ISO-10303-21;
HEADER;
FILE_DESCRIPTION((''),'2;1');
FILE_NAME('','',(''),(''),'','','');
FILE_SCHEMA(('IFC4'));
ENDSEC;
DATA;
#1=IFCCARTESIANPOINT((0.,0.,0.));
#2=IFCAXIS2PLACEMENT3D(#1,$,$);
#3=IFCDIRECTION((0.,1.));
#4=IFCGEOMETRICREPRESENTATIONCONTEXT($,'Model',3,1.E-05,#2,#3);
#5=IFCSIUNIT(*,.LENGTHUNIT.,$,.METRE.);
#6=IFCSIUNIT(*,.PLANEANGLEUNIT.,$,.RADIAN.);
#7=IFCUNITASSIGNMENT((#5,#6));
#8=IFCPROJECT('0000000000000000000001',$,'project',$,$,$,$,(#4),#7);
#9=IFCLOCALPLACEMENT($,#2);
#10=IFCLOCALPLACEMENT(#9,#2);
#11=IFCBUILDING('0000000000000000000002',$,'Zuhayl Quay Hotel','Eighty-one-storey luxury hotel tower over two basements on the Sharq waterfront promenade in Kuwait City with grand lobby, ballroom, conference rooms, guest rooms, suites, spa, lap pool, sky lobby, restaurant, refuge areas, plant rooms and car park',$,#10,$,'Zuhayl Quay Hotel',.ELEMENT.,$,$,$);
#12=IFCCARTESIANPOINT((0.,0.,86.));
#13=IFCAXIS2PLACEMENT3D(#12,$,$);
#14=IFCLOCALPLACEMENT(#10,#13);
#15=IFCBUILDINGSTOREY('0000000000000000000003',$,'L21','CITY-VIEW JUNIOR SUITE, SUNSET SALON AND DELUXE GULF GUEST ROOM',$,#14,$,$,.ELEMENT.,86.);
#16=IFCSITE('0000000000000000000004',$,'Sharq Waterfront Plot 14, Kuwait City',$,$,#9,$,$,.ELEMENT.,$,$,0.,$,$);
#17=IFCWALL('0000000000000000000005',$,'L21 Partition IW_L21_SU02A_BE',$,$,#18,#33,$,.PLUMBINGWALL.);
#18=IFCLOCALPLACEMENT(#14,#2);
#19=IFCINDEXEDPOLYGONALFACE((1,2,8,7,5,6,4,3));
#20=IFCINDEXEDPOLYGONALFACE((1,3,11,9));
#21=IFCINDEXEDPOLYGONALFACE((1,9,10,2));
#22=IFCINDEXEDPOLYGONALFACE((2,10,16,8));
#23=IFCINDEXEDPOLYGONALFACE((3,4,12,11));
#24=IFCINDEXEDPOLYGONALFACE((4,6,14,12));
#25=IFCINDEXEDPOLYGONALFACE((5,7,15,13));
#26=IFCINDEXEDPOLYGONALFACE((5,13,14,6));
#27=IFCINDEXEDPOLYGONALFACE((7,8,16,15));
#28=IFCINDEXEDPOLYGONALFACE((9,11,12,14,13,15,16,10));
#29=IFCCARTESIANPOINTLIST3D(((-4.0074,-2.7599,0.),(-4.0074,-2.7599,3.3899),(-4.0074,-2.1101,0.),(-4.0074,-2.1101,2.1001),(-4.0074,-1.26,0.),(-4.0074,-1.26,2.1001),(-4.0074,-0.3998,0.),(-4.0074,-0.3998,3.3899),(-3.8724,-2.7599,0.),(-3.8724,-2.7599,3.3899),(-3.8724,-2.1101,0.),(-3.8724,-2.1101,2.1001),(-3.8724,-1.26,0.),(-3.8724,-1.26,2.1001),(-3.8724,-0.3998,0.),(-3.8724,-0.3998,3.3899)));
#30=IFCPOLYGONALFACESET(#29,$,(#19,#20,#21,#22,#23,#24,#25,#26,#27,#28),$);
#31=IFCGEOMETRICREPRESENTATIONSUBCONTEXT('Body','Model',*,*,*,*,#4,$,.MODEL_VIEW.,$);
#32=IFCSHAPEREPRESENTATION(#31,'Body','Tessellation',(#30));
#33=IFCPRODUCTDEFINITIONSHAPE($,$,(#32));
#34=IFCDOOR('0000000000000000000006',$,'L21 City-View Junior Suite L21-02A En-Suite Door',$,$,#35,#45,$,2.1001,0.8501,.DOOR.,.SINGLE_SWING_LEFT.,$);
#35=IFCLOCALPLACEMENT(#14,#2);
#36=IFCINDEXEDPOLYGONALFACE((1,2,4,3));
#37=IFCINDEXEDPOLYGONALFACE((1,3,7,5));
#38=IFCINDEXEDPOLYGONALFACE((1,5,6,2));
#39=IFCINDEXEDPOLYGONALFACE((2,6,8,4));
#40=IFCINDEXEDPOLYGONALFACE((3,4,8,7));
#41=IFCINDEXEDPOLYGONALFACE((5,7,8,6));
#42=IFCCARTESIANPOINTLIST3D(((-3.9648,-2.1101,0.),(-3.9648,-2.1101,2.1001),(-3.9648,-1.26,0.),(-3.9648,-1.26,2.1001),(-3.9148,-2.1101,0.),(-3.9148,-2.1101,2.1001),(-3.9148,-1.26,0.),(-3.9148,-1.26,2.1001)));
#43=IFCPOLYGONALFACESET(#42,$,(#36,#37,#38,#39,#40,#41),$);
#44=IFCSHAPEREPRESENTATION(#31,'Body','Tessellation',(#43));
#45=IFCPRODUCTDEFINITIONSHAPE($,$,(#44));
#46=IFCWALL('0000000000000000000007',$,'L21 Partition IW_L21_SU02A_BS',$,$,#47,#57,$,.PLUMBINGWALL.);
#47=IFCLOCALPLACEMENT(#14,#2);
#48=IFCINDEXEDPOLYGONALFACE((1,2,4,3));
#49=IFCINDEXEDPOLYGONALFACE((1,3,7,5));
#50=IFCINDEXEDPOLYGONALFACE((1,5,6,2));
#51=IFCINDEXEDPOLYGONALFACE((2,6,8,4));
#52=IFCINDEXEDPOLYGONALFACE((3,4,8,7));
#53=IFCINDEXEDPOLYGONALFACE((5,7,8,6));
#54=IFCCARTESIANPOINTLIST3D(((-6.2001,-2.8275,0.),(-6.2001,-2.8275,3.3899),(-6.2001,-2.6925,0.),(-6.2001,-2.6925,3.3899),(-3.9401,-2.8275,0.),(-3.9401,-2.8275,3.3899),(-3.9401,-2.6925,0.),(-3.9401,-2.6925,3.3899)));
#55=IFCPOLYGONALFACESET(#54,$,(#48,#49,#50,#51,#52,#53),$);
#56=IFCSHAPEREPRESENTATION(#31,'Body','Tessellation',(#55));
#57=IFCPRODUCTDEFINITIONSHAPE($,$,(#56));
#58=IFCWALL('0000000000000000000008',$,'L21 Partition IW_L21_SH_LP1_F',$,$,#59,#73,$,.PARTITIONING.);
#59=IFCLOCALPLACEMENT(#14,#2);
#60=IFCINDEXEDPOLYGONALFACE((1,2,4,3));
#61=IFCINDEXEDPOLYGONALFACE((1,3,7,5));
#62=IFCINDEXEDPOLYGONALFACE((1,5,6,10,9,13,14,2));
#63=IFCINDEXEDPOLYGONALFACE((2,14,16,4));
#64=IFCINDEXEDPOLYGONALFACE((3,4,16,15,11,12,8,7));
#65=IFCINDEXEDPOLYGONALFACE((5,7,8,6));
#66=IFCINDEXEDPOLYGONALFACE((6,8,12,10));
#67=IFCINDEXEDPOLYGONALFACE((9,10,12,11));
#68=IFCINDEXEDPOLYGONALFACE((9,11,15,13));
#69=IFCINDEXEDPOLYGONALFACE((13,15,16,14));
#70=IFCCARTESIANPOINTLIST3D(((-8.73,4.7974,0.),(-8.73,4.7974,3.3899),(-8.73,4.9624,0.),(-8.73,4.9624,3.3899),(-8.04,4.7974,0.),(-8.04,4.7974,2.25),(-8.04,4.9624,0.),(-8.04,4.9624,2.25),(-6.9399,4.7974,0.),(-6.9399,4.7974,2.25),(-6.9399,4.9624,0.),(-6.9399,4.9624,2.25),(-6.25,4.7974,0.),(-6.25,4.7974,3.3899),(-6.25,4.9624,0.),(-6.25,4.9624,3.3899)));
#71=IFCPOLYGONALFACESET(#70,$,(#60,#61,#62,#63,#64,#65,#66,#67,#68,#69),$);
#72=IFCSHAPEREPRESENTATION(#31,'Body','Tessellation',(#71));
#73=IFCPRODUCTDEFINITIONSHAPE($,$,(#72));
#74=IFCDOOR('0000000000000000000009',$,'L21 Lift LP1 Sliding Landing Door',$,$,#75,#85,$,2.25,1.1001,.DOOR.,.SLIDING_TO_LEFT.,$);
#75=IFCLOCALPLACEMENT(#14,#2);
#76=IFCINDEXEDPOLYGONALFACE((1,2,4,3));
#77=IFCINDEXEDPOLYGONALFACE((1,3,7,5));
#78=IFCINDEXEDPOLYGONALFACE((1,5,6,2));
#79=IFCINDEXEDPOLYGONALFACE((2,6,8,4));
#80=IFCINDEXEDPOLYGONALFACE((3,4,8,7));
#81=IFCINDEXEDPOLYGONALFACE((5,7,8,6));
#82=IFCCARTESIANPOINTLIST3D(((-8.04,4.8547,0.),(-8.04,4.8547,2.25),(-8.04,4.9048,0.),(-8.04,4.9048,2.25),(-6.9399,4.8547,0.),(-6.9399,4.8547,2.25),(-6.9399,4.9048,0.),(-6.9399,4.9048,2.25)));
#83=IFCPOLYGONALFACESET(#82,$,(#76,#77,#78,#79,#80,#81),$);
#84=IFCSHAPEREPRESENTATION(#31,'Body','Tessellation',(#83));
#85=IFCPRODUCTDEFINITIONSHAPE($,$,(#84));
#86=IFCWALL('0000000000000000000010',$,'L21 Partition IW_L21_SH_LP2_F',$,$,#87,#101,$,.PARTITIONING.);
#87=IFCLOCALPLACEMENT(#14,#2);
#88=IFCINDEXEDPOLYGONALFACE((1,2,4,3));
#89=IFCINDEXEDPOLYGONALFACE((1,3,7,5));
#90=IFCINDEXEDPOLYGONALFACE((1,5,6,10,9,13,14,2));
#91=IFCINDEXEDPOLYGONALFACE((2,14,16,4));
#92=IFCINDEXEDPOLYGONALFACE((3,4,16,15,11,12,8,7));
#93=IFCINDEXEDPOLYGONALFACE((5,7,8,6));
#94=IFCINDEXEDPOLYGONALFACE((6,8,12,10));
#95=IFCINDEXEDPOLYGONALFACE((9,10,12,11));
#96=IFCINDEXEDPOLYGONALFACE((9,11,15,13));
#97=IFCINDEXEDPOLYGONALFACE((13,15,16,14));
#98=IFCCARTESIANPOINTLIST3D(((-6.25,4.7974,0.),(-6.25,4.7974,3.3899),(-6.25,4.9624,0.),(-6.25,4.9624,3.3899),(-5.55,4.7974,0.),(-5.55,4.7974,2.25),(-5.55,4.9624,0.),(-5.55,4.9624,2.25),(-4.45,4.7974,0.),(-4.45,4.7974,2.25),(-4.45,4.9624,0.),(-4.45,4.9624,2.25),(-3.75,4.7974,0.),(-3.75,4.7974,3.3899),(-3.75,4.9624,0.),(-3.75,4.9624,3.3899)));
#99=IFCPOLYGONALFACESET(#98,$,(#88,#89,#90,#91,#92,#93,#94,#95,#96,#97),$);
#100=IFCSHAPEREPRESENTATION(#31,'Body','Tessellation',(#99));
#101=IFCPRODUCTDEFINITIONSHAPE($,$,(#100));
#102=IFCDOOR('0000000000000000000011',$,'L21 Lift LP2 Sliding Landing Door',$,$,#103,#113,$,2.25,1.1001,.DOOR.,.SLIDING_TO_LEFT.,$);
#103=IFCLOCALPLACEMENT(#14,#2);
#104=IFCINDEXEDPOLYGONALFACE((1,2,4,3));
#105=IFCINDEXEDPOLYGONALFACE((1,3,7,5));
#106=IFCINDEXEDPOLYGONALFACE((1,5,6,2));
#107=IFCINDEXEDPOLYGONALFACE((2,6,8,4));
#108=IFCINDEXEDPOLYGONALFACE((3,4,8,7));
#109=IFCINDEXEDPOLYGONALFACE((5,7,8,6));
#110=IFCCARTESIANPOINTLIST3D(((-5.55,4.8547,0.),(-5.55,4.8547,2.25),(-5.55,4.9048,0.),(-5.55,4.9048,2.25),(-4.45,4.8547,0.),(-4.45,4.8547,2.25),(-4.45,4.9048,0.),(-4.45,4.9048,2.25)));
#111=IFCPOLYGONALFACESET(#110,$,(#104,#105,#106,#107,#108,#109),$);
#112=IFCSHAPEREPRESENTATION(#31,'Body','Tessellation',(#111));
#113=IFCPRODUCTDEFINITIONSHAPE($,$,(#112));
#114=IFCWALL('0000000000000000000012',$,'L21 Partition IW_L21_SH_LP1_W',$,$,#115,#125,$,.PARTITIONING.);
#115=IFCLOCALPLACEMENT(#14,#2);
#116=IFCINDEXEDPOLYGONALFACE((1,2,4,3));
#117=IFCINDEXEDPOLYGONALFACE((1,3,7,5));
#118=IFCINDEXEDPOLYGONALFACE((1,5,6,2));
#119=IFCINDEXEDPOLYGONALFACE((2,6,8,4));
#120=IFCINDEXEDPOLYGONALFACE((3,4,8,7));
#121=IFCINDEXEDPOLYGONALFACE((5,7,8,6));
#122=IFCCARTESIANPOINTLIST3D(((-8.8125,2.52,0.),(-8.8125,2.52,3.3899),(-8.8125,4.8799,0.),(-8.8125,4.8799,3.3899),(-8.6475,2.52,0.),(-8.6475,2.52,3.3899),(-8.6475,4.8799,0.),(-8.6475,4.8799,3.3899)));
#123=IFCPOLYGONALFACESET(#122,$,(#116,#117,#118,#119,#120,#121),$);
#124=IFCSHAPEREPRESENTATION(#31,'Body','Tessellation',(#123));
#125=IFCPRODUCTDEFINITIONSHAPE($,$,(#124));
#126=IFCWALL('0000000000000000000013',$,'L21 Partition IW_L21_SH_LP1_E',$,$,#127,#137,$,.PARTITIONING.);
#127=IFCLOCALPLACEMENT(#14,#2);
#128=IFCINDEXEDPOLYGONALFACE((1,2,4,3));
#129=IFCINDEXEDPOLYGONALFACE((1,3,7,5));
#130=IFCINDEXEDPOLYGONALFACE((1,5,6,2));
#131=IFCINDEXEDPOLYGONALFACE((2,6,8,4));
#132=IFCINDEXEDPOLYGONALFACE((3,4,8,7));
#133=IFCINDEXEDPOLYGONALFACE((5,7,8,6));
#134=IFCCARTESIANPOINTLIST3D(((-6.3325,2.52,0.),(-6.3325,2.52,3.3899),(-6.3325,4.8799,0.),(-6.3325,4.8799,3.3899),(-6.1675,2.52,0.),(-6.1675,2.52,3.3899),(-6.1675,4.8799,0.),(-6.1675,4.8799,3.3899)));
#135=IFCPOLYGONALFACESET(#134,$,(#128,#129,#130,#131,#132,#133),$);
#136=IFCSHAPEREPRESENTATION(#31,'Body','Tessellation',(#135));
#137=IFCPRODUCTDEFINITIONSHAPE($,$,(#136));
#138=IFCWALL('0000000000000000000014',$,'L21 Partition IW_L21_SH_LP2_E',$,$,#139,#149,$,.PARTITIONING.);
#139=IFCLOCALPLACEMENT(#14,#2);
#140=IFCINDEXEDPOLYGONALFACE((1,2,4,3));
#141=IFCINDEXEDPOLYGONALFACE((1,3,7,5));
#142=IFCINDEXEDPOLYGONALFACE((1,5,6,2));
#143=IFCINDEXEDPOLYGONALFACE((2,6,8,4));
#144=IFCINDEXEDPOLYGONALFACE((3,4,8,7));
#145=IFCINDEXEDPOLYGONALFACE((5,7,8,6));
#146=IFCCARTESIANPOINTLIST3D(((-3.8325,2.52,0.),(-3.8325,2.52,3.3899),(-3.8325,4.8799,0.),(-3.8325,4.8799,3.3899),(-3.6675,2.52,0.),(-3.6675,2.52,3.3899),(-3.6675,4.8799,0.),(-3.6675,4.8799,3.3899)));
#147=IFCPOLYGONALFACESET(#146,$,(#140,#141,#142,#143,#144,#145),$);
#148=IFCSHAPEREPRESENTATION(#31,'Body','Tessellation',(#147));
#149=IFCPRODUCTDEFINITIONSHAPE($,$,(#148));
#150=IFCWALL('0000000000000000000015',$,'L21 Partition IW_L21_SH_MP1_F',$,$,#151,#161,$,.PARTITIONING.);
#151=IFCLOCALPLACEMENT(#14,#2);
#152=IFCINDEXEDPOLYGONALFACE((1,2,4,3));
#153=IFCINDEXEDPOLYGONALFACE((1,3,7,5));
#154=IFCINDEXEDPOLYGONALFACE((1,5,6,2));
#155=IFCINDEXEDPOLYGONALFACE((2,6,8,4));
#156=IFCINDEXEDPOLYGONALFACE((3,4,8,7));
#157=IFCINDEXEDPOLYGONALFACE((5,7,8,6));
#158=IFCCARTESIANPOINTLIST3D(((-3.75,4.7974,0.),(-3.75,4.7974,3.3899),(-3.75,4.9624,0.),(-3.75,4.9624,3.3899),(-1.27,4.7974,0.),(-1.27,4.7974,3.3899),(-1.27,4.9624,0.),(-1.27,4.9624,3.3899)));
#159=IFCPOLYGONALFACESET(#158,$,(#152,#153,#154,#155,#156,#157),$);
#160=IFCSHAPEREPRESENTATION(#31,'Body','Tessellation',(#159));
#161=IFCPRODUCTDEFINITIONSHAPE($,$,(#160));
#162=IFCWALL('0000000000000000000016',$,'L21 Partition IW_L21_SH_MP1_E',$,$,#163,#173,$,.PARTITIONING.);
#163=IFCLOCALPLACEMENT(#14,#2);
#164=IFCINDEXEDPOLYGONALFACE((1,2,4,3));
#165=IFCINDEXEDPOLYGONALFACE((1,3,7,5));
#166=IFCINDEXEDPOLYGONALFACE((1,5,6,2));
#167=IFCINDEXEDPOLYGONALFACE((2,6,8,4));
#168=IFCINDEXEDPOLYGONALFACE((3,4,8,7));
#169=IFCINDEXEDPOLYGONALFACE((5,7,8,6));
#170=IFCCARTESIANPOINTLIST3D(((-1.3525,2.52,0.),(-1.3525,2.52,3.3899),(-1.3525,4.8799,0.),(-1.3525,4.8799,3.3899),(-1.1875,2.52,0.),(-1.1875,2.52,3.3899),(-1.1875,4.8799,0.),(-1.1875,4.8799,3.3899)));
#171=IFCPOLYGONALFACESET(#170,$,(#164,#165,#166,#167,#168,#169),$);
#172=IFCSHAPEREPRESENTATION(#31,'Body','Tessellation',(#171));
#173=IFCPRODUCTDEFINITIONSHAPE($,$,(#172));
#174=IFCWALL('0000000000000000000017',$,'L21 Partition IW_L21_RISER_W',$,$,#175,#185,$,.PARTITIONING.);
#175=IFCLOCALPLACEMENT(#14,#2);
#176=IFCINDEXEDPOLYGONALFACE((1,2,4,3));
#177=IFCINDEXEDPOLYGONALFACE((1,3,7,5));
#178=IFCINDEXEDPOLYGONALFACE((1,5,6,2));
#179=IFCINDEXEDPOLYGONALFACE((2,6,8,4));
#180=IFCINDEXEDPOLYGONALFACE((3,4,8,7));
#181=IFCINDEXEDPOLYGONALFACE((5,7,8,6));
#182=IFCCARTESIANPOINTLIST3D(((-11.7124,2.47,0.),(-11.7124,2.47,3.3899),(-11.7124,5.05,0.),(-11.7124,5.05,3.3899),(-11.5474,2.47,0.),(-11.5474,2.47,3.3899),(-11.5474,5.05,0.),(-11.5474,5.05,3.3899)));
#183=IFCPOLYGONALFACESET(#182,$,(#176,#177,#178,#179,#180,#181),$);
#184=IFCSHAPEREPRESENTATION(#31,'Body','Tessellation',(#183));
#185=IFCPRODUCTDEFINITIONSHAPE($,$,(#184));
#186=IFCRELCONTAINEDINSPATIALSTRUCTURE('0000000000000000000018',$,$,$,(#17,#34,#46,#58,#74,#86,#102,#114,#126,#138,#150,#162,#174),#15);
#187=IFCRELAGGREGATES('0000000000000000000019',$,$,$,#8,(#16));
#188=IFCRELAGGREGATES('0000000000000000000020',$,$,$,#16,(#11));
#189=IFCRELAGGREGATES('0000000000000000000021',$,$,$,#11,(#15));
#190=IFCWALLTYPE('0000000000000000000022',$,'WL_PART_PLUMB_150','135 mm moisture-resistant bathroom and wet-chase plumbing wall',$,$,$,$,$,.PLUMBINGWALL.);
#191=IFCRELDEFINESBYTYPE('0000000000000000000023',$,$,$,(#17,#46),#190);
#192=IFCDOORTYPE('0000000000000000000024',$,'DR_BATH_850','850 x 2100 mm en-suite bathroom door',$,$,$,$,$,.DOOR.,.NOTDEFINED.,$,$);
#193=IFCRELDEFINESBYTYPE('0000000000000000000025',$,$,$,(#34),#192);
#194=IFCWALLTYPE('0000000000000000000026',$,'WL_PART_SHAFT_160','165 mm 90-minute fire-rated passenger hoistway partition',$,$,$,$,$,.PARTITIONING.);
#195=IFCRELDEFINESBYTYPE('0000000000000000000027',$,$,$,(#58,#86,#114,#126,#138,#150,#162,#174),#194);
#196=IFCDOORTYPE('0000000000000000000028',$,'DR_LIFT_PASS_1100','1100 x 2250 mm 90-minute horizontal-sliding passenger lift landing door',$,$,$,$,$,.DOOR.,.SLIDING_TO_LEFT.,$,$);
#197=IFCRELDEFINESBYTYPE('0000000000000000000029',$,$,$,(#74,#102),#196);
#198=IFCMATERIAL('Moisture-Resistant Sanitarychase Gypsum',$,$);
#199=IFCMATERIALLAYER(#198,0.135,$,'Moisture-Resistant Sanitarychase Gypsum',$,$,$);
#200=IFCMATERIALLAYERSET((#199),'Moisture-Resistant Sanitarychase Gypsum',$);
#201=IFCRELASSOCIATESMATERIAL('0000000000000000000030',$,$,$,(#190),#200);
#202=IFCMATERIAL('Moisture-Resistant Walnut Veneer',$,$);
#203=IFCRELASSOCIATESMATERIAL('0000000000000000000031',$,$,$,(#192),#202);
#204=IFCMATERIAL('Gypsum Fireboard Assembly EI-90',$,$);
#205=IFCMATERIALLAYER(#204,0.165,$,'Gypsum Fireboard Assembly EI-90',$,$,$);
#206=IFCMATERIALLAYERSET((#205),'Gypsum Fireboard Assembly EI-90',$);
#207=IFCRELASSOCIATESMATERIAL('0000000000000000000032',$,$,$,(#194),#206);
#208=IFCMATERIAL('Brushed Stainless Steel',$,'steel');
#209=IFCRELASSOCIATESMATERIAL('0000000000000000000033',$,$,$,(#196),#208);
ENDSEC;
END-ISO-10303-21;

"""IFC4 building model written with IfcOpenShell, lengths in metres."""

from ifc_helpers import new_model, si_unit, direction, frame, frame_2d, origin, place, context, subcontext, project, spatial, rectangle, extrude, material, layer, layer_set, type_object, element, fill, save


model = new_model("IFC4")

# Units and contexts
model_context = context("Model", 3, precision=1e-05, world=origin(), true_north=direction((0.0, 1.0)))
body_context = subcontext(model_context, "Body", "Model", "MODEL_VIEW")
ifc_project = project(units=[si_unit("LENGTHUNIT", "METRE"), si_unit("PLANEANGLEUNIT", "RADIAN")], contexts=[model_context])

# Site, building, storey
site_placement = place(None, origin())
site = spatial("IfcSite", under=ifc_project, at=site_placement, Name="Sharq Waterfront Plot 14, Kuwait City", CompositionType="ELEMENT", RefElevation=0.0)
building_placement = place(site_placement, origin())
building = spatial("IfcBuilding", under=site, at=building_placement, Name="Zuhayl Quay Hotel", Description="Eighty-one-storey luxury hotel tower over two basements on the Sharq waterfront promenade in Kuwait City with grand lobby, ballroom, conference rooms, guest rooms, suites, spa, lap pool, sky lobby, restaurant, refuge areas, plant rooms and car park", LongName="Zuhayl Quay Hotel", CompositionType="ELEMENT")
storey_placement = place(building_placement, frame((0.0, 0.0, 86.0)))
storey = spatial("IfcBuildingStorey", under=building, at=storey_placement, Name="L21", Description="CITY-VIEW JUNIOR SUITE, SUNSET SALON AND DELUXE GULF GUEST ROOM", CompositionType="ELEMENT", Elevation=86.0)

# Wall, opening, door
ifc_material_1 = material(Name="Moisture-Resistant Sanitarychase Gypsum")
ifc_layer_1 = layer(ifc_material_1, 0.135, Name="Moisture-Resistant Sanitarychase Gypsum")
ifc_layer_set_1 = layer_set([ifc_layer_1], Name="Moisture-Resistant Sanitarychase Gypsum")
wall_type_1 = type_object("IfcWallType", Name="WL_PART_PLUMB_150", Description="135 mm moisture-resistant bathroom and wet-chase plumbing wall", PredefinedType="PLUMBINGWALL", material=ifc_layer_set_1)
wall_1_placement = place(storey_placement, frame((-3.9399, -2.76, 0.0), z_axis=(0.0, 0.0, 1.0), x_axis=(0.0, 1.0, 0.0)))
wall_1 = element("IfcWall", 1, at=wall_1_placement, inside=storey, type_object=wall_type_1, Name="L21 Partition IW_L21_SU02A_BE", PredefinedType="PLUMBINGWALL", context=body_context, shape_type="SweptSolid", body=[
    extrude(rectangle(XDim=2.3601, YDim=0.135, at=frame_2d((1.1802, 0.0))), origin(), (0.0, 0.0, 1.0), 3.3899),
])
opening_1_placement = place(wall_1_placement, frame((0.6499, 0.0, 0.0)))
opening_1 = element("IfcOpeningElement", 2, at=opening_1_placement, cuts=wall_1, PredefinedType="OPENING", context=body_context, shape_type="SweptSolid", body=[
    extrude(rectangle(XDim=0.8501, YDim=2.1001, at=frame_2d((0.425, 1.05))), frame((0.0, 0.0774, 0.0), z_axis=(0.0, -1.0, 0.0), x_axis=(1.0, 0.0, 0.0)), (0.0, 0.0, 1.0), 0.155),
])
ifc_material_2 = material(Name="Moisture-Resistant Walnut Veneer")
door_type_1 = type_object("IfcDoorType", Name="DR_BATH_850", Description="850 x 2100 mm en-suite bathroom door", OperationType="NOTDEFINED", PredefinedType="DOOR", material=ifc_material_2)
door_1_placement = place(opening_1_placement, origin())
door_1 = element("IfcDoor", 3, at=door_1_placement, inside=storey, type_object=door_type_1, Name="L21 City-View Junior Suite L21-02A En-Suite Door", OperationType="SINGLE_SWING_LEFT", OverallHeight=2.1001, OverallWidth=0.8501, PredefinedType="DOOR", context=body_context, shape_type="SweptSolid", body=[
    extrude(rectangle(XDim=0.8501, YDim=2.1001, at=frame_2d((0.425, 1.05))), frame((0.0, 0.0249, 0.0), z_axis=(0.0, -1.0, 0.0), x_axis=(1.0, 0.0, 0.0)), (0.0, 0.0, 1.0), 0.05),
])
fill(opening_1, door_1)

# Wall
wall_2_placement = place(storey_placement, frame((-6.2, -2.76, 0.0), z_axis=(0.0, 0.0, 1.0), x_axis=(1.0, 0.0, 0.0)))
element("IfcWall", 4, at=wall_2_placement, inside=storey, type_object=wall_type_1, Name="L21 Partition IW_L21_SU02A_BS", PredefinedType="PLUMBINGWALL", context=body_context, shape_type="SweptSolid", body=[
    extrude(rectangle(XDim=2.26, YDim=0.135, at=frame_2d((1.1299, 0.0))), origin(), (0.0, 0.0, 1.0), 3.3899),
])

# Walls, openings, doors
ifc_material_3 = material(Name="Gypsum Fireboard Assembly EI-90")
ifc_layer_2 = layer(ifc_material_3, 0.165, Name="Gypsum Fireboard Assembly EI-90")
ifc_layer_set_2 = layer_set([ifc_layer_2], Name="Gypsum Fireboard Assembly EI-90")
wall_type_2 = type_object("IfcWallType", Name="WL_PART_SHAFT_160", Description="165 mm 90-minute fire-rated passenger hoistway partition", PredefinedType="PARTITIONING", material=ifc_layer_set_2)
wall_3_placement = place(storey_placement, frame((-8.73, 4.8799, 0.0), z_axis=(0.0, 0.0, 1.0), x_axis=(1.0, 0.0, 0.0)))
wall_3 = element("IfcWall", 5, at=wall_3_placement, inside=storey, type_object=wall_type_2, Name="L21 Partition IW_L21_SH_LP1_F", PredefinedType="PARTITIONING", context=body_context, shape_type="SweptSolid", body=[
    extrude(rectangle(XDim=2.48, YDim=0.165, at=frame_2d((1.24, 0.0))), origin(), (0.0, 0.0, 1.0), 3.3899),
])
opening_2_placement = place(wall_3_placement, frame((0.6899, 0.0, 0.0)))
opening_2 = element("IfcOpeningElement", 6, at=opening_2_placement, cuts=wall_3, PredefinedType="OPENING", context=body_context, shape_type="SweptSolid", body=[
    extrude(rectangle(XDim=1.1001, YDim=2.25, at=frame_2d((0.55, 1.125))), frame((0.0, 0.0925, 0.0), z_axis=(0.0, -1.0, 0.0), x_axis=(1.0, 0.0, 0.0)), (0.0, 0.0, 1.0), 0.1851),
])
ifc_material_4 = material(Name="Brushed Stainless Steel", Category="steel")
door_type_2 = type_object("IfcDoorType", Name="DR_LIFT_PASS_1100", Description="1100 x 2250 mm 90-minute horizontal-sliding passenger lift landing door", OperationType="SLIDING_TO_LEFT", PredefinedType="DOOR", material=ifc_material_4)
door_2_placement = place(opening_2_placement, origin())
door_2 = element("IfcDoor", 7, at=door_2_placement, inside=storey, type_object=door_type_2, Name="L21 Lift LP1 Sliding Landing Door", OperationType="SLIDING_TO_LEFT", OverallHeight=2.25, OverallWidth=1.1001, PredefinedType="DOOR", context=body_context, shape_type="SweptSolid", body=[
    extrude(rectangle(XDim=1.1001, YDim=2.25, at=frame_2d((0.55, 1.125))), frame((0.0, 0.0249, 0.0), z_axis=(0.0, -1.0, 0.0), x_axis=(1.0, 0.0, 0.0)), (0.0, 0.0, 1.0), 0.05),
])
fill(opening_2, door_2)
wall_4_placement = place(storey_placement, frame((-6.25, 4.8799, 0.0), z_axis=(0.0, 0.0, 1.0), x_axis=(1.0, 0.0, 0.0)))
wall_4 = element("IfcWall", 8, at=wall_4_placement, inside=storey, type_object=wall_type_2, Name="L21 Partition IW_L21_SH_LP2_F", PredefinedType="PARTITIONING", context=body_context, shape_type="SweptSolid", body=[
    extrude(rectangle(XDim=2.5, YDim=0.165, at=frame_2d((1.25, 0.0))), origin(), (0.0, 0.0, 1.0), 3.3899),
])
opening_3_placement = place(wall_4_placement, frame((0.7, 0.0, 0.0)))
opening_3 = element("IfcOpeningElement", 9, at=opening_3_placement, cuts=wall_4, PredefinedType="OPENING", context=body_context, shape_type="SweptSolid", body=[
    extrude(rectangle(XDim=1.1001, YDim=2.25, at=frame_2d((0.55, 1.125))), frame((0.0, 0.0925, 0.0), z_axis=(0.0, -1.0, 0.0), x_axis=(1.0, 0.0, 0.0)), (0.0, 0.0, 1.0), 0.1851),
])
door_3_placement = place(opening_3_placement, origin())
door_3 = element("IfcDoor", 10, at=door_3_placement, inside=storey, type_object=door_type_2, Name="L21 Lift LP2 Sliding Landing Door", OperationType="SLIDING_TO_LEFT", OverallHeight=2.25, OverallWidth=1.1001, PredefinedType="DOOR", context=body_context, shape_type="SweptSolid", body=[
    extrude(rectangle(XDim=1.1001, YDim=2.25, at=frame_2d((0.55, 1.125))), frame((0.0, 0.0249, 0.0), z_axis=(0.0, -1.0, 0.0), x_axis=(1.0, 0.0, 0.0)), (0.0, 0.0, 1.0), 0.05),
])
fill(opening_3, door_3)

# Walls
for number, where, z_axis, x_axis, name in (
    (11, (-8.73, 2.52, 0.0), (0.0, 0.0, 1.0), (0.0, 1.0, 0.0), "L21 Partition IW_L21_SH_LP1_W"),
    (12, (-6.25, 2.52, 0.0), (0.0, 0.0, 1.0), (0.0, 1.0, 0.0), "L21 Partition IW_L21_SH_LP1_E"),
    (13, (-3.75, 2.52, 0.0), (0.0, 0.0, 1.0), (0.0, 1.0, 0.0), "L21 Partition IW_L21_SH_LP2_E"),
):
    element("IfcWall", number, at=place(storey_placement, frame(where, z_axis=z_axis, x_axis=x_axis)), inside=storey, type_object=wall_type_2, Name=name, PredefinedType="PARTITIONING", context=body_context, shape_type="SweptSolid", body=[
        extrude(rectangle(XDim=2.3599, YDim=0.165, at=frame_2d((1.1799, 0.0))), origin(), (0.0, 0.0, 1.0), 3.3899),
    ])
wall_5_placement = place(storey_placement, frame((-3.75, 4.8799, 0.0), z_axis=(0.0, 0.0, 1.0), x_axis=(1.0, 0.0, 0.0)))
element("IfcWall", 14, at=wall_5_placement, inside=storey, type_object=wall_type_2, Name="L21 Partition IW_L21_SH_MP1_F", PredefinedType="PARTITIONING", context=body_context, shape_type="SweptSolid", body=[
    extrude(rectangle(XDim=2.48, YDim=0.165, at=frame_2d((1.24, 0.0))), origin(), (0.0, 0.0, 1.0), 3.3899),
])
wall_6_placement = place(storey_placement, frame((-1.27, 2.52, 0.0), z_axis=(0.0, 0.0, 1.0), x_axis=(0.0, 1.0, 0.0)))
element("IfcWall", 15, at=wall_6_placement, inside=storey, type_object=wall_type_2, Name="L21 Partition IW_L21_SH_MP1_E", PredefinedType="PARTITIONING", context=body_context, shape_type="SweptSolid", body=[
    extrude(rectangle(XDim=2.3599, YDim=0.165, at=frame_2d((1.1799, 0.0))), origin(), (0.0, 0.0, 1.0), 3.3899),
])
wall_7_placement = place(storey_placement, frame((-11.6299, 2.47, 0.0), z_axis=(0.0, 0.0, 1.0), x_axis=(0.0, 1.0, 0.0)))
element("IfcWall", 16, at=wall_7_placement, inside=storey, type_object=wall_type_2, Name="L21 Partition IW_L21_RISER_W", PredefinedType="PARTITIONING", context=body_context, shape_type="SweptSolid", body=[
    extrude(rectangle(XDim=2.5801, YDim=0.165, at=frame_2d((1.29, 0.0))), origin(), (0.0, 0.0, 1.0), 3.3899),
])

save(model, "model.ifc")
